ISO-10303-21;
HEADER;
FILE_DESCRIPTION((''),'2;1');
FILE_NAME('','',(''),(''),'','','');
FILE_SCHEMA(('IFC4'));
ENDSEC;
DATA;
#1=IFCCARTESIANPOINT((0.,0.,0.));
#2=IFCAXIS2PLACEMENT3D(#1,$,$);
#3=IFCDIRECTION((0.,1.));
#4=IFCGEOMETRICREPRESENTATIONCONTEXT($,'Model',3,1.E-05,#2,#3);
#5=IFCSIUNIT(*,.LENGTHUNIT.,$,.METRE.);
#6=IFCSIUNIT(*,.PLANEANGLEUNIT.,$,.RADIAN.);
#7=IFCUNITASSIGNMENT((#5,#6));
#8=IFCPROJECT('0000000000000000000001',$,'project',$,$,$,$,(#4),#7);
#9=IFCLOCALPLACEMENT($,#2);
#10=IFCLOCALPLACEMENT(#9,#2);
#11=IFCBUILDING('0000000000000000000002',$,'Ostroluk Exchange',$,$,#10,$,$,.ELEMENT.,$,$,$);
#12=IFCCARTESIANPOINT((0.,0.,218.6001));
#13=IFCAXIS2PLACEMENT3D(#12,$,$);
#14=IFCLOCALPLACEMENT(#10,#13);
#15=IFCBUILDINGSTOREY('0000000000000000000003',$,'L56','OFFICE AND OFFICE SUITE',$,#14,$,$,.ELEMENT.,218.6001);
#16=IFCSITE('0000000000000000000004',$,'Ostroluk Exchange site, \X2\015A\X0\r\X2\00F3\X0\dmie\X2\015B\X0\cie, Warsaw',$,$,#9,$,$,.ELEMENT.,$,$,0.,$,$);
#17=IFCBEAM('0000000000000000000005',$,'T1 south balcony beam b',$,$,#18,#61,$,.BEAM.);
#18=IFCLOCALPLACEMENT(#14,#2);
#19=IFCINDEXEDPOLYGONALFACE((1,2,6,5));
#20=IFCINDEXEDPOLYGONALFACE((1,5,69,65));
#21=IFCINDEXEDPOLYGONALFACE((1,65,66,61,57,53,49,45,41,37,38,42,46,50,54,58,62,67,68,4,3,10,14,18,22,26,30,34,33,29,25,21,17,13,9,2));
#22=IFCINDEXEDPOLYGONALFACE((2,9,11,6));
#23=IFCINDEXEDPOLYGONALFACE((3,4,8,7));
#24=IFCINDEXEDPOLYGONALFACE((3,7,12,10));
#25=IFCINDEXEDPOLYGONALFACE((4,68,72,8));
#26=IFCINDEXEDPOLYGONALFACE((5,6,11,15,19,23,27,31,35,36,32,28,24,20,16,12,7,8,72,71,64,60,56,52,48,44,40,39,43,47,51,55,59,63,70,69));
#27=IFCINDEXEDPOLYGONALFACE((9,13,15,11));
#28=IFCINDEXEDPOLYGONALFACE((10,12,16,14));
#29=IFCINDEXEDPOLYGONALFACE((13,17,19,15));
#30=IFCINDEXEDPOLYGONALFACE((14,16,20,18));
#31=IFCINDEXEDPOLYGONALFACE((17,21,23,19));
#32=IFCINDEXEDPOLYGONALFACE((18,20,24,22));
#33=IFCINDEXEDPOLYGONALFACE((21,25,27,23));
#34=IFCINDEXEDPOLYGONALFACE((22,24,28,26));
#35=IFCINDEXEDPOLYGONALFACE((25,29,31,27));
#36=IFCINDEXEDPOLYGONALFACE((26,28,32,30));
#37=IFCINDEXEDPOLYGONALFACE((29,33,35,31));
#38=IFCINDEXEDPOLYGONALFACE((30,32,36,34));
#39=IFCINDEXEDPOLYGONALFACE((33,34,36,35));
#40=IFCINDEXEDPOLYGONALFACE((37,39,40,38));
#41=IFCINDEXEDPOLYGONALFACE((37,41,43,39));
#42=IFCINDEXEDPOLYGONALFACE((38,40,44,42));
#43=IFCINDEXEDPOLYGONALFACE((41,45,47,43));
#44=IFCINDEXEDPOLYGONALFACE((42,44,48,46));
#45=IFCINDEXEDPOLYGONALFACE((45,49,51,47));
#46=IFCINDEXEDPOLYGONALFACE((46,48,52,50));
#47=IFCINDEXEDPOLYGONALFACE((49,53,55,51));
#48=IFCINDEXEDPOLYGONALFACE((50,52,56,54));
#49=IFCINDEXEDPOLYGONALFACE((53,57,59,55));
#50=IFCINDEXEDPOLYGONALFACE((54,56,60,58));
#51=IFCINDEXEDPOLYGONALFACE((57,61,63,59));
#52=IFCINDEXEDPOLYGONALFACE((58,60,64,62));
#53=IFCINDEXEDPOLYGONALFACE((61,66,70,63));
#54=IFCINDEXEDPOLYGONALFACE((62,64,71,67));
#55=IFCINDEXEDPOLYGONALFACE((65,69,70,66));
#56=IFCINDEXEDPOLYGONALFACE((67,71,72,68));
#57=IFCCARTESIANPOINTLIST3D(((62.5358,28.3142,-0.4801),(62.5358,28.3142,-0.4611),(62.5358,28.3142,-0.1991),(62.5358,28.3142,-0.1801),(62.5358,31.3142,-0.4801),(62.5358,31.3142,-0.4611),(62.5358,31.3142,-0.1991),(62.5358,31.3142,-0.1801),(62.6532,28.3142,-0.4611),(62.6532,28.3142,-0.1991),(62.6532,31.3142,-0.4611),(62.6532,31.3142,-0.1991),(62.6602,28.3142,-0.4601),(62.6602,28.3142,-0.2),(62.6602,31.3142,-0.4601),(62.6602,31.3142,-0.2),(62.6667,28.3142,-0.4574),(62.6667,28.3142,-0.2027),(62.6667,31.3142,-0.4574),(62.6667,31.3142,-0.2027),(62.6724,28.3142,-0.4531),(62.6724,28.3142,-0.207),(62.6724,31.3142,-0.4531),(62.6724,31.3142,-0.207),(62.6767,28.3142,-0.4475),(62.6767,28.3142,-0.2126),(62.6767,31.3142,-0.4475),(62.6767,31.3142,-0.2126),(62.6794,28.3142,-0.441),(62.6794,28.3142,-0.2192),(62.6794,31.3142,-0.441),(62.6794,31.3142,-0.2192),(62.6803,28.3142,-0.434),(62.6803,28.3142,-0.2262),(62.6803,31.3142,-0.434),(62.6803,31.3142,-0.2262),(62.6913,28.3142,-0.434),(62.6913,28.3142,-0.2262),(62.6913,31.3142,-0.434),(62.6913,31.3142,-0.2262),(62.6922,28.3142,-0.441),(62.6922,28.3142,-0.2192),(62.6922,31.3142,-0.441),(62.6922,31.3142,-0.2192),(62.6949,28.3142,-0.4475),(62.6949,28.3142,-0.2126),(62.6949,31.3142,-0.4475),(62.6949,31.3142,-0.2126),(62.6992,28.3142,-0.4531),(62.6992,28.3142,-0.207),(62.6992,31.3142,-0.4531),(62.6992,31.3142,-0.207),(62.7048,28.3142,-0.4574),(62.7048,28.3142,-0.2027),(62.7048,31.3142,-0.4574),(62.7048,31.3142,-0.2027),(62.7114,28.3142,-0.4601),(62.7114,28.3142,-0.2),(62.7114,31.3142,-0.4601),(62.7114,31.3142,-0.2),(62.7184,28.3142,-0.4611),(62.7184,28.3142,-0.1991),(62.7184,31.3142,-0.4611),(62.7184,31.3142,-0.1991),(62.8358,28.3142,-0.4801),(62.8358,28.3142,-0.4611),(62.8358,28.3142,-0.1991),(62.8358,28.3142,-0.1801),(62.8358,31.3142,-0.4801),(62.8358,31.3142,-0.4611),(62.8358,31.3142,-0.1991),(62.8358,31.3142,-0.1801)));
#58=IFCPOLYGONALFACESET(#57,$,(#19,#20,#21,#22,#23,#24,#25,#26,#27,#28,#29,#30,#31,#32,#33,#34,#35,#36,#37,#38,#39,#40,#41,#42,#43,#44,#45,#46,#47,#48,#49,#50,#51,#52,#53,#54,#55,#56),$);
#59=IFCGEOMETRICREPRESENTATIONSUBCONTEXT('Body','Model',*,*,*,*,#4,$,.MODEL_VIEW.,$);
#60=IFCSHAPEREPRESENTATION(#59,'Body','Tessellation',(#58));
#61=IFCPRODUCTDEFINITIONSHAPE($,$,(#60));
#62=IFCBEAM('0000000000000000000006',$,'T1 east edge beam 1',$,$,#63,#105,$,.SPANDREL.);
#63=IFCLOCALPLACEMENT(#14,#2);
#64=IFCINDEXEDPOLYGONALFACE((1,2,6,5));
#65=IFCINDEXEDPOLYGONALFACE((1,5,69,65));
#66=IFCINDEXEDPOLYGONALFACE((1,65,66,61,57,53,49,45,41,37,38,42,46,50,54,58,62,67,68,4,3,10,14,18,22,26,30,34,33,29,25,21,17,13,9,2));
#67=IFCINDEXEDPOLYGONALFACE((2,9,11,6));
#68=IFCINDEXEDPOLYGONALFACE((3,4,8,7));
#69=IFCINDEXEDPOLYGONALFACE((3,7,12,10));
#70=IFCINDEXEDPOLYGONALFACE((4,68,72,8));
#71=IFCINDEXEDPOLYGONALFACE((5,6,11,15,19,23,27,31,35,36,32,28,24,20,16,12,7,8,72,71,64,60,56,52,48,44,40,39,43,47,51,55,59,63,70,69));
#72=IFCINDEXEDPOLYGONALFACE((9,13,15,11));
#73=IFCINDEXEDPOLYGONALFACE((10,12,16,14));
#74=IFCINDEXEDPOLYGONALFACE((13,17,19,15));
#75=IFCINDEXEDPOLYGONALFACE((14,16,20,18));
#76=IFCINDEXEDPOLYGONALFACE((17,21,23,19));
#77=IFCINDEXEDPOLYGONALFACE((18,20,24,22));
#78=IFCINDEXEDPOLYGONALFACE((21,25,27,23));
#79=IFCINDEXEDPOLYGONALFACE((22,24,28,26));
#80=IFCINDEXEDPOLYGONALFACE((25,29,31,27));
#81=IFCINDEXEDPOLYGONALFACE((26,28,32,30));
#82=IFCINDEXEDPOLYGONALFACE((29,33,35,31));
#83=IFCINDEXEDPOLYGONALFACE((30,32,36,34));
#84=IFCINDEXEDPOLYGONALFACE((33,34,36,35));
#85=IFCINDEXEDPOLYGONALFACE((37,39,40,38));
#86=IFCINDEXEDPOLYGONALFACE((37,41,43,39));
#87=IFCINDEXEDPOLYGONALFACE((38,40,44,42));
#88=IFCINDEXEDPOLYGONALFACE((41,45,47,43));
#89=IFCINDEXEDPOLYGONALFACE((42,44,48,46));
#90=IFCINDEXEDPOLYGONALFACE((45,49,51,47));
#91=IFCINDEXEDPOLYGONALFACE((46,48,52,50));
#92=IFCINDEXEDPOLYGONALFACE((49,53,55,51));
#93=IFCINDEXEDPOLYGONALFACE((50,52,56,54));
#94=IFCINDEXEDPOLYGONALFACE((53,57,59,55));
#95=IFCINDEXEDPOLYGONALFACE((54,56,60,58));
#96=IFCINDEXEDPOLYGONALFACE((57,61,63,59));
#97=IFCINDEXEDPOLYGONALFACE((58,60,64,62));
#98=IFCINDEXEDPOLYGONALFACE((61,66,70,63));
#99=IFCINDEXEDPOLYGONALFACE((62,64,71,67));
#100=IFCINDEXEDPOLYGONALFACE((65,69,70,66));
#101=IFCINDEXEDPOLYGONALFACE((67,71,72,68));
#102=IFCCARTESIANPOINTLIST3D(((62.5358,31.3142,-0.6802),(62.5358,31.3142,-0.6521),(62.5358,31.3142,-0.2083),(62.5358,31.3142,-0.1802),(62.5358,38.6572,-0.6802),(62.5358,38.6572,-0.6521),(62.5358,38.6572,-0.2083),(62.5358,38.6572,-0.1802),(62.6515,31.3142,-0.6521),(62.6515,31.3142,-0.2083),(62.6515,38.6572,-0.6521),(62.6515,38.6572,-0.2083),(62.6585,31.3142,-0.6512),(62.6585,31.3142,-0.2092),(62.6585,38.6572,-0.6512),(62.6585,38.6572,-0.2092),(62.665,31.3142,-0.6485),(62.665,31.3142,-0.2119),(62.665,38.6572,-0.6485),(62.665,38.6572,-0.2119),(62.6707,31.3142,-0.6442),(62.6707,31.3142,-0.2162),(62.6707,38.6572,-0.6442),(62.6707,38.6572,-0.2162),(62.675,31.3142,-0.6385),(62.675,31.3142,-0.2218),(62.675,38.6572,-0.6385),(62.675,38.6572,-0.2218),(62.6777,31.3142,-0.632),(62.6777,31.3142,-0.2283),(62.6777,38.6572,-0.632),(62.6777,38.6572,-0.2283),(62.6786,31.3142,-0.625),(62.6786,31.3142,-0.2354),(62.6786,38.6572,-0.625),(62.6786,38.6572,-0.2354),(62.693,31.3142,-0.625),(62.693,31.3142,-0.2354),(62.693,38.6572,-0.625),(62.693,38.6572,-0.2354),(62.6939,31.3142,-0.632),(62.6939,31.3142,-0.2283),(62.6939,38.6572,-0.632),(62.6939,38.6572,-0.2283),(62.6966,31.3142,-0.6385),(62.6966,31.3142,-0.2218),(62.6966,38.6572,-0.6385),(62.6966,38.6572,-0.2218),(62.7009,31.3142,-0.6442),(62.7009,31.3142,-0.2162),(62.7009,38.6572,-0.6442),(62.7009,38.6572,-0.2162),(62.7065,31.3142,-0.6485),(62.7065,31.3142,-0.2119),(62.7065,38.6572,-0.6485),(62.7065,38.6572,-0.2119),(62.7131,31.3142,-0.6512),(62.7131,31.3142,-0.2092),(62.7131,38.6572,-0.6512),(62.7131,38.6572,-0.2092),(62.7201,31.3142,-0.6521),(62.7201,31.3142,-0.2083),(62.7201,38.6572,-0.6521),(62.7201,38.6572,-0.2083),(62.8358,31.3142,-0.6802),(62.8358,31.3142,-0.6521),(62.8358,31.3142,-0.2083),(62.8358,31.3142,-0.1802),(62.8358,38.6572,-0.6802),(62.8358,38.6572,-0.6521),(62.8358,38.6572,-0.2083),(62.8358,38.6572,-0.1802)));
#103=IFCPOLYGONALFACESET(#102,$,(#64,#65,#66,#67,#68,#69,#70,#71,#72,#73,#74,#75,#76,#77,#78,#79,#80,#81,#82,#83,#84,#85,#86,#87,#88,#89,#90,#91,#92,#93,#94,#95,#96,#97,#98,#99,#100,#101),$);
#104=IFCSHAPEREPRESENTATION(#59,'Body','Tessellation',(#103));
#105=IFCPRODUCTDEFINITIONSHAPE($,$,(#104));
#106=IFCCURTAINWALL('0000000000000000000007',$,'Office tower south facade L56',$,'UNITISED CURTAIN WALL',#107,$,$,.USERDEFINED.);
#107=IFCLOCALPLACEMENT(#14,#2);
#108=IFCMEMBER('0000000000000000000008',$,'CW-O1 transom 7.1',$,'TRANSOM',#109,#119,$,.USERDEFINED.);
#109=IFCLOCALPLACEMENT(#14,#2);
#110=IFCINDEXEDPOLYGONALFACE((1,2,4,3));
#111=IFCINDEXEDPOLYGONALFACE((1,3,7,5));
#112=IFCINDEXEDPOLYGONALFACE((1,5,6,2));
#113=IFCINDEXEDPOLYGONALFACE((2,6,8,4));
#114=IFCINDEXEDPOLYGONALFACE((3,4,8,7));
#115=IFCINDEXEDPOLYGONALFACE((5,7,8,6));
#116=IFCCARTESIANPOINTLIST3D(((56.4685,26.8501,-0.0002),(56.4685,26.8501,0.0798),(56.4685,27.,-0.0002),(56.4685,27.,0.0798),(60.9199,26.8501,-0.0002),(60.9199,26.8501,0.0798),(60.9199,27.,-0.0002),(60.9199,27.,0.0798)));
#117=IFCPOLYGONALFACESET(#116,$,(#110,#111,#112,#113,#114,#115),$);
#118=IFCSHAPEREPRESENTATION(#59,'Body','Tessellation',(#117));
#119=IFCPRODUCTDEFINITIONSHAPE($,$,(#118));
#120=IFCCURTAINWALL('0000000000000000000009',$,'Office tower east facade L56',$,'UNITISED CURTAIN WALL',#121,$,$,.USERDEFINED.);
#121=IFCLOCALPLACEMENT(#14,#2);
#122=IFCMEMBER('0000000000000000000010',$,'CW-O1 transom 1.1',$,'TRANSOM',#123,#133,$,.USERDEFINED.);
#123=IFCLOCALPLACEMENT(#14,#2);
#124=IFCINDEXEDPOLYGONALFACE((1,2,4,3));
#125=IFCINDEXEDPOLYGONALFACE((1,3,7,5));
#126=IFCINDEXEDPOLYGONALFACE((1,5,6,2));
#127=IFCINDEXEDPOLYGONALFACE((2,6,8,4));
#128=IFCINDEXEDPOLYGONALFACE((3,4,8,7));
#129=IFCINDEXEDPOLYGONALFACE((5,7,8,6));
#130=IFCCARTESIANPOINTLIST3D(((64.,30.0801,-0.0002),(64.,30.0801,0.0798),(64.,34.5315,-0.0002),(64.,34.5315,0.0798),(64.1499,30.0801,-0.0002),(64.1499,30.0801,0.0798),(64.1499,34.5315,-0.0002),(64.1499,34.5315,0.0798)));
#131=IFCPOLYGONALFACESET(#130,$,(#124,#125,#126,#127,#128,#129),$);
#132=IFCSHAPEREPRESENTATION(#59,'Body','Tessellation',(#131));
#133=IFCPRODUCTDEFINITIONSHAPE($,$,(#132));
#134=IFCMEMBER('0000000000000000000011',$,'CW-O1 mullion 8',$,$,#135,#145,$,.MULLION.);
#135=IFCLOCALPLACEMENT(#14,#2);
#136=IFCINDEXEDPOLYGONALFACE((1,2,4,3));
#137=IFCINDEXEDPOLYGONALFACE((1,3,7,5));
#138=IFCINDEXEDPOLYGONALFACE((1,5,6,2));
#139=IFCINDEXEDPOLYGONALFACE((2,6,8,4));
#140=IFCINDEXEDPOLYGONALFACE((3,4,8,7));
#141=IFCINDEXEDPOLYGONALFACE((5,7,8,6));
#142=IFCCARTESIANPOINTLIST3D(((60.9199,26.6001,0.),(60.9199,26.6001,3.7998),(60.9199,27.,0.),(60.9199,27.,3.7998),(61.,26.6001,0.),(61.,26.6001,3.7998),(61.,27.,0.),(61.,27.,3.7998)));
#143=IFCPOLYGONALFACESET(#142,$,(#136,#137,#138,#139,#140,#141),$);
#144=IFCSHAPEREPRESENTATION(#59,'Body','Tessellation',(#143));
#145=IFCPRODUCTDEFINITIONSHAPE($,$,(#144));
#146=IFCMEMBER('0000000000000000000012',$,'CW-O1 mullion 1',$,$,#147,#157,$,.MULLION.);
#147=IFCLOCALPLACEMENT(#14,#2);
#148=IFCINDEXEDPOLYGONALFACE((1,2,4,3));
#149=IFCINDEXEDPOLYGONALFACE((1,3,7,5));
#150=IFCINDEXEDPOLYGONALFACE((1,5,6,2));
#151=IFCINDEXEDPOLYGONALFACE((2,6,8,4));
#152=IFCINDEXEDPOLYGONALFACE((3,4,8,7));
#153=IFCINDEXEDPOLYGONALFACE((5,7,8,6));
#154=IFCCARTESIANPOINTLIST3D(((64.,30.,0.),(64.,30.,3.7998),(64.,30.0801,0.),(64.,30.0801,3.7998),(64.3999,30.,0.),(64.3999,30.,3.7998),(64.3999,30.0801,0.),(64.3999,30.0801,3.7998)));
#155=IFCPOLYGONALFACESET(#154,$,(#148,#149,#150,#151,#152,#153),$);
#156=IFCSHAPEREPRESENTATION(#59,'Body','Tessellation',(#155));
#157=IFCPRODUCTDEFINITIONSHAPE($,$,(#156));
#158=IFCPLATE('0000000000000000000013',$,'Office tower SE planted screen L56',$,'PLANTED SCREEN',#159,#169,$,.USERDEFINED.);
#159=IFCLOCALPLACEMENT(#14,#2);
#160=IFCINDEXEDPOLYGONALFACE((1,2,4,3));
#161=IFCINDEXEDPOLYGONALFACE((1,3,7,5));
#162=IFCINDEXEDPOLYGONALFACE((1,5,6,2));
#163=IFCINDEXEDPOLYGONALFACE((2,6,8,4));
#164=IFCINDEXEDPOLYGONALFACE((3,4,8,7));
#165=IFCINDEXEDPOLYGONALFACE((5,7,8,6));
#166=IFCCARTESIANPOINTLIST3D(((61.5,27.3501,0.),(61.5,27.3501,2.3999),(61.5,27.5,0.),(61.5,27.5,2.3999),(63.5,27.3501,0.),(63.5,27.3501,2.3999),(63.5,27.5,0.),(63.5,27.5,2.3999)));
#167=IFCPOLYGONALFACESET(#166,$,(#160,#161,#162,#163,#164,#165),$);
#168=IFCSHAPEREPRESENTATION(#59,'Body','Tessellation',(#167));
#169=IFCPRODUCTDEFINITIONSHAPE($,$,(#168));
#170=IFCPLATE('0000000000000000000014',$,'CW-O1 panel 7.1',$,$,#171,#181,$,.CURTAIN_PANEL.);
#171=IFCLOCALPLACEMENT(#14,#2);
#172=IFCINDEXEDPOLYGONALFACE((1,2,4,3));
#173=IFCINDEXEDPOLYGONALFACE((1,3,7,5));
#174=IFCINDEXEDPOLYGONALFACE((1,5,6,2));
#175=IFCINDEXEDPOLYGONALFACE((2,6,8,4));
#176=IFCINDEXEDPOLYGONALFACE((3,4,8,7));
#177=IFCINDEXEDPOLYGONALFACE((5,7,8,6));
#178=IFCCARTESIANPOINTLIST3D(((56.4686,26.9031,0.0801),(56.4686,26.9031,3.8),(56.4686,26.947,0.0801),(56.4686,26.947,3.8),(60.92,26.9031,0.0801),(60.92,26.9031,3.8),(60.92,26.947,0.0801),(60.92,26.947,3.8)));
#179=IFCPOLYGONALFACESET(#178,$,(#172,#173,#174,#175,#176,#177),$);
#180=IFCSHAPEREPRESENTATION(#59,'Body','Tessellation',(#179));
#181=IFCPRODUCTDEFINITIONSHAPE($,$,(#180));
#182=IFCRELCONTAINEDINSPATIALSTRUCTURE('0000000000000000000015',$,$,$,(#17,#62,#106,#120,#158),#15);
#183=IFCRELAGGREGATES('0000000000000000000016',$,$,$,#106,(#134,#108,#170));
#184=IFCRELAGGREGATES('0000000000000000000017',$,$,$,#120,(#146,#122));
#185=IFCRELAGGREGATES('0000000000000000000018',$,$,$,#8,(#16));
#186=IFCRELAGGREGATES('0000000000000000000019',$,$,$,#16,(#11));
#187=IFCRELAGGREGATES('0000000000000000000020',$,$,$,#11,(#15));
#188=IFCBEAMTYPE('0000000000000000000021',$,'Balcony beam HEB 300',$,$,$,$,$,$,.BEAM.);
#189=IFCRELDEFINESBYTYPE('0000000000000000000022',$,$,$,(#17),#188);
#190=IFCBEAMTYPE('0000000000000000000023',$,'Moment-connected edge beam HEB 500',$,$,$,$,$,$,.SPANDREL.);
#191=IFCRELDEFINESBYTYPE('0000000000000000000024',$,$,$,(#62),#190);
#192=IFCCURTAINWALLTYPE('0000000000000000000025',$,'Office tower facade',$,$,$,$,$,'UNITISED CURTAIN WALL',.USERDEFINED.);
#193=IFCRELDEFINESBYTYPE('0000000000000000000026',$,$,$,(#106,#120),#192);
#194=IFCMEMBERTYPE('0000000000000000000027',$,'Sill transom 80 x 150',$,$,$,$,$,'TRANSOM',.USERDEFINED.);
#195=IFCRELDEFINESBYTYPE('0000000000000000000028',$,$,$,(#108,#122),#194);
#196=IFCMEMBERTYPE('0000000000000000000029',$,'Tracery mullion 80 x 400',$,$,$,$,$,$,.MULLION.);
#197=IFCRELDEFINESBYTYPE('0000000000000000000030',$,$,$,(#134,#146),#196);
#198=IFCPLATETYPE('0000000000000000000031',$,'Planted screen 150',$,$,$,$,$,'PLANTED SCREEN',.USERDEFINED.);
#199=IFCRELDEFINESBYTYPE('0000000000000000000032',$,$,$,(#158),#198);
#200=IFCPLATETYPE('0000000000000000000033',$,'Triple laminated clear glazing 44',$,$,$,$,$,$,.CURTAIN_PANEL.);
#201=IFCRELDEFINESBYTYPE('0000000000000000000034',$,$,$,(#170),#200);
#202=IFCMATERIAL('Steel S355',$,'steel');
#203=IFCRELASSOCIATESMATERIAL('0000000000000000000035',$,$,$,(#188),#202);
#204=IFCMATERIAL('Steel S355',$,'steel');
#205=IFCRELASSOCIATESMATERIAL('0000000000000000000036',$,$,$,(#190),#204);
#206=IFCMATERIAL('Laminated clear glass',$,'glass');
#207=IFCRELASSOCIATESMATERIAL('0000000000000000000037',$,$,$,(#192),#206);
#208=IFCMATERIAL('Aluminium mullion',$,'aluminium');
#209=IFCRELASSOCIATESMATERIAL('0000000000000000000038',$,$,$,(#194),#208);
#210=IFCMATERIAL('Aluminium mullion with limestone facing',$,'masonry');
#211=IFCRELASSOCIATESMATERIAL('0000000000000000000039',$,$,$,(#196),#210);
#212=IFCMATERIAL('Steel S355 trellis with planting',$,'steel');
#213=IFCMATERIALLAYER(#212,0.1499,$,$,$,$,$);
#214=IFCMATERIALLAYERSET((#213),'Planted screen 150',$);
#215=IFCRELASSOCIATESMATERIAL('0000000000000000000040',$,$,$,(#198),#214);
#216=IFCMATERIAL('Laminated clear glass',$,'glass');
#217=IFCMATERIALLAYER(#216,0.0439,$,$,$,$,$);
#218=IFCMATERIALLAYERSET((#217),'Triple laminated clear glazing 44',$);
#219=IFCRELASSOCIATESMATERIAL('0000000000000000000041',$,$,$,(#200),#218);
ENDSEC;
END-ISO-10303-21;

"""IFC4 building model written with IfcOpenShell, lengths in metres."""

from ifc_helpers import new_model, si_unit, direction, frame, origin, origin_2d, place, context, subcontext, project, spatial, rectangle, i_section, extrude, material, layer, layer_set, material_profile, profile_set, type_object, element, aggregate, save


model = new_model("IFC4")

# Units and contexts
model_context = context("Model", 3, precision=1e-05, world=origin(), true_north=direction((0.0, 1.0)))
body_context = subcontext(model_context, "Body", "Model", "MODEL_VIEW")
ifc_project = project(units=[si_unit("LENGTHUNIT", "METRE"), si_unit("PLANEANGLEUNIT", "RADIAN")], contexts=[model_context])

# Site, building, storey
site_placement = place(None, origin())
site = spatial("IfcSite", under=ifc_project, at=site_placement, Name="Ostroluk Exchange site, Śródmieście, Warsaw", CompositionType="ELEMENT", RefElevation=0.0)
building_placement = place(site_placement, origin())
building = spatial("IfcBuilding", under=site, at=building_placement, Name="Ostroluk Exchange", CompositionType="ELEMENT")
storey_placement = place(building_placement, frame((0.0, 0.0, 218.6001)))
storey = spatial("IfcBuildingStorey", under=building, at=storey_placement, Name="L56", Description="OFFICE AND OFFICE SUITE", CompositionType="ELEMENT", Elevation=218.6001)

# Beams
ifc_material_1 = material(Name="Steel S355", Category="steel")
ifc_material_profile_1 = material_profile(ifc_material_1, i_section(OverallWidth=0.3, OverallDepth=0.3, WebThickness=0.011, FlangeThickness=0.019, FilletRadius=0.0271, at=origin_2d()), Name="HEB 300")
ifc_profile_set_1 = profile_set([ifc_material_profile_1], Name="Steel S355")
beam_type_1 = type_object("IfcBeamType", Name="Balcony beam HEB 300", PredefinedType="BEAM", material=ifc_profile_set_1)
for number, where, z_axis, x_axis, name in (
    (1, (62.6858, 31.3142, -0.3301), (0.0, -1.0, 0.0), (1.0, 0.0, 0.0), "T1 south balcony beam b"),
):
    element("IfcBeam", number, at=place(storey_placement, frame(where, z_axis=z_axis, x_axis=x_axis)), inside=storey, type_object=beam_type_1, Name=name, PredefinedType="BEAM", context=body_context, shape_type="SweptSolid", body=[
        extrude(i_section(OverallWidth=0.3, OverallDepth=0.3, WebThickness=0.011, FlangeThickness=0.019, FilletRadius=0.0271, at=origin_2d()), origin(), (0.0, 0.0, 1.0), 3.0),
    ])
ifc_material_2 = material(Name="Steel S355", Category="steel")
ifc_material_profile_2 = material_profile(ifc_material_2, i_section(OverallWidth=0.3, OverallDepth=0.5, WebThickness=0.0144, FlangeThickness=0.0281, FilletRadius=0.0271, at=origin_2d()), Name="HEB 500")
ifc_profile_set_2 = profile_set([ifc_material_profile_2], Name="Steel S355")
beam_type_2 = type_object("IfcBeamType", Name="Moment-connected edge beam HEB 500", PredefinedType="SPANDREL", material=ifc_profile_set_2)
beam_placement = place(storey_placement, frame((62.6858, 31.3142, -0.4302), z_axis=(0.0, 1.0, 0.0), x_axis=(-1.0, 0.0, 0.0)))
element("IfcBeam", 2, at=beam_placement, inside=storey, type_object=beam_type_2, Name="T1 east edge beam 1", PredefinedType="SPANDREL", context=body_context, shape_type="SweptSolid", body=[
    extrude(i_section(OverallWidth=0.3, OverallDepth=0.5, WebThickness=0.0144, FlangeThickness=0.0281, FilletRadius=0.0271, at=origin_2d()), origin(), (0.0, 0.0, 1.0), 7.343),
])

# Curtain walls, members
ifc_material_3 = material(Name="Laminated clear glass", Category="glass")
curtain_wall_type = type_object("IfcCurtainWallType", Name="Office tower facade", ElementType="UNITISED CURTAIN WALL", PredefinedType="USERDEFINED", material=ifc_material_3)
curtain_wall_1_placement = place(storey_placement, origin())
curtain_wall_1 = element("IfcCurtainWall", 3, at=curtain_wall_1_placement, inside=storey, type_object=curtain_wall_type, Name="Office tower south facade L56", ObjectType="UNITISED CURTAIN WALL", PredefinedType="USERDEFINED")
ifc_material_4 = material(Name="Aluminium mullion", Category="aluminium")
ifc_material_profile_3 = material_profile(ifc_material_4, rectangle(XDim=0.1499, YDim=0.0801, at=origin_2d()), Name="Sill transom 80 x 150")
ifc_profile_set_3 = profile_set([ifc_material_profile_3], Name="Aluminium mullion")
member_type_1 = type_object("IfcMemberType", Name="Sill transom 80 x 150", ElementType="TRANSOM", PredefinedType="USERDEFINED", material=ifc_profile_set_3)
member_1_placement = place(storey_placement, frame((56.4685, 26.925, 0.0398), z_axis=(1.0, 0.0, 0.0), x_axis=(0.0, 1.0, 0.0)))
member_1 = element("IfcMember", 4, at=member_1_placement, type_object=member_type_1, Name="CW-O1 transom 7.1", ObjectType="TRANSOM", PredefinedType="USERDEFINED", context=body_context, shape_type="SweptSolid", body=[
    extrude(rectangle(XDim=0.1499, YDim=0.0801, at=origin_2d()), origin(), (0.0, 0.0, 1.0), 4.4514),
])
curtain_wall_2_placement = place(storey_placement, origin())
curtain_wall_2 = element("IfcCurtainWall", 5, at=curtain_wall_2_placement, inside=storey, type_object=curtain_wall_type, Name="Office tower east facade L56", ObjectType="UNITISED CURTAIN WALL", PredefinedType="USERDEFINED")
member_2_placement = place(storey_placement, frame((64.075, 30.0801, 0.0398), z_axis=(0.0, 1.0, 0.0), x_axis=(-1.0, 0.0, 0.0)))
member_2 = element("IfcMember", 6, at=member_2_placement, type_object=member_type_1, Name="CW-O1 transom 1.1", ObjectType="TRANSOM", PredefinedType="USERDEFINED", context=body_context, shape_type="SweptSolid", body=[
    extrude(rectangle(XDim=0.1499, YDim=0.0801, at=origin_2d()), origin(), (0.0, 0.0, 1.0), 4.4514),
])

# Members
ifc_material_5 = material(Name="Aluminium mullion with limestone facing", Category="masonry")
ifc_material_profile_4 = material_profile(ifc_material_5, rectangle(XDim=0.3999, YDim=0.0801, at=origin_2d()), Name="Tracery mullion 80 x 400")
ifc_profile_set_4 = profile_set([ifc_material_profile_4], Name="Aluminium mullion with limestone facing")
member_type_2 = type_object("IfcMemberType", Name="Tracery mullion 80 x 400", PredefinedType="MULLION", material=ifc_profile_set_4)
member_3_placement = place(storey_placement, frame((60.96, 26.8, 0.0), z_axis=(0.0, 0.0, 1.0), x_axis=(0.0, 1.0, 0.0)))
member_3 = element("IfcMember", 7, at=member_3_placement, type_object=member_type_2, Name="CW-O1 mullion 8", PredefinedType="MULLION", context=body_context, shape_type="SweptSolid", body=[
    extrude(rectangle(XDim=0.3999, YDim=0.0801, at=origin_2d()), origin(), (0.0, 0.0, 1.0), 3.7998),
])
member_4_placement = place(storey_placement, frame((64.2, 30.04, 0.0), z_axis=(0.0, 0.0, 1.0), x_axis=(-1.0, 0.0, 0.0)))
member_4 = element("IfcMember", 8, at=member_4_placement, type_object=member_type_2, Name="CW-O1 mullion 1", PredefinedType="MULLION", context=body_context, shape_type="SweptSolid", body=[
    extrude(rectangle(XDim=0.3999, YDim=0.0801, at=origin_2d()), origin(), (0.0, 0.0, 1.0), 3.7998),
])

# Plates
ifc_material_6 = material(Name="Steel S355 trellis with planting", Category="steel")
ifc_layer_1 = layer(ifc_material_6, 0.1499)
ifc_layer_set_1 = layer_set([ifc_layer_1], Name="Planted screen 150")
plate_type_1 = type_object("IfcPlateType", Name="Planted screen 150", ElementType="PLANTED SCREEN", PredefinedType="USERDEFINED", material=ifc_layer_set_1)
plate_1_placement = place(storey_placement, frame((62.5, 27.425, 0.0), z_axis=(0.0, 0.0, 1.0), x_axis=(1.0, 0.0, 0.0)))
element("IfcPlate", 9, at=plate_1_placement, inside=storey, type_object=plate_type_1, Name="Office tower SE planted screen L56", ObjectType="PLANTED SCREEN", PredefinedType="USERDEFINED", context=body_context, shape_type="SweptSolid", body=[
    extrude(rectangle(XDim=2.0, YDim=0.1499, at=origin_2d()), origin(), (0.0, 0.0, 1.0), 2.3999),
])
ifc_material_7 = material(Name="Laminated clear glass", Category="glass")
ifc_layer_2 = layer(ifc_material_7, 0.0439)
ifc_layer_set_2 = layer_set([ifc_layer_2], Name="Triple laminated clear glazing 44")
plate_type_2 = type_object("IfcPlateType", Name="Triple laminated clear glazing 44", PredefinedType="CURTAIN_PANEL", material=ifc_layer_set_2)
plate_2_placement = place(storey_placement, frame((58.6943, 26.925, 0.0801), z_axis=(0.0, 0.0, 1.0), x_axis=(1.0, 0.0, 0.0)))
plate_2 = element("IfcPlate", 10, at=plate_2_placement, type_object=plate_type_2, Name="CW-O1 panel 7.1", PredefinedType="CURTAIN_PANEL", context=body_context, shape_type="SweptSolid", body=[
    extrude(rectangle(XDim=4.4514, YDim=0.0439, at=origin_2d()), origin(), (0.0, 0.0, 1.0), 3.72),
])
aggregate(curtain_wall_1, [member_3, member_1, plate_2])
aggregate(curtain_wall_2, [member_4, member_2])

save(model, "model.ifc")
